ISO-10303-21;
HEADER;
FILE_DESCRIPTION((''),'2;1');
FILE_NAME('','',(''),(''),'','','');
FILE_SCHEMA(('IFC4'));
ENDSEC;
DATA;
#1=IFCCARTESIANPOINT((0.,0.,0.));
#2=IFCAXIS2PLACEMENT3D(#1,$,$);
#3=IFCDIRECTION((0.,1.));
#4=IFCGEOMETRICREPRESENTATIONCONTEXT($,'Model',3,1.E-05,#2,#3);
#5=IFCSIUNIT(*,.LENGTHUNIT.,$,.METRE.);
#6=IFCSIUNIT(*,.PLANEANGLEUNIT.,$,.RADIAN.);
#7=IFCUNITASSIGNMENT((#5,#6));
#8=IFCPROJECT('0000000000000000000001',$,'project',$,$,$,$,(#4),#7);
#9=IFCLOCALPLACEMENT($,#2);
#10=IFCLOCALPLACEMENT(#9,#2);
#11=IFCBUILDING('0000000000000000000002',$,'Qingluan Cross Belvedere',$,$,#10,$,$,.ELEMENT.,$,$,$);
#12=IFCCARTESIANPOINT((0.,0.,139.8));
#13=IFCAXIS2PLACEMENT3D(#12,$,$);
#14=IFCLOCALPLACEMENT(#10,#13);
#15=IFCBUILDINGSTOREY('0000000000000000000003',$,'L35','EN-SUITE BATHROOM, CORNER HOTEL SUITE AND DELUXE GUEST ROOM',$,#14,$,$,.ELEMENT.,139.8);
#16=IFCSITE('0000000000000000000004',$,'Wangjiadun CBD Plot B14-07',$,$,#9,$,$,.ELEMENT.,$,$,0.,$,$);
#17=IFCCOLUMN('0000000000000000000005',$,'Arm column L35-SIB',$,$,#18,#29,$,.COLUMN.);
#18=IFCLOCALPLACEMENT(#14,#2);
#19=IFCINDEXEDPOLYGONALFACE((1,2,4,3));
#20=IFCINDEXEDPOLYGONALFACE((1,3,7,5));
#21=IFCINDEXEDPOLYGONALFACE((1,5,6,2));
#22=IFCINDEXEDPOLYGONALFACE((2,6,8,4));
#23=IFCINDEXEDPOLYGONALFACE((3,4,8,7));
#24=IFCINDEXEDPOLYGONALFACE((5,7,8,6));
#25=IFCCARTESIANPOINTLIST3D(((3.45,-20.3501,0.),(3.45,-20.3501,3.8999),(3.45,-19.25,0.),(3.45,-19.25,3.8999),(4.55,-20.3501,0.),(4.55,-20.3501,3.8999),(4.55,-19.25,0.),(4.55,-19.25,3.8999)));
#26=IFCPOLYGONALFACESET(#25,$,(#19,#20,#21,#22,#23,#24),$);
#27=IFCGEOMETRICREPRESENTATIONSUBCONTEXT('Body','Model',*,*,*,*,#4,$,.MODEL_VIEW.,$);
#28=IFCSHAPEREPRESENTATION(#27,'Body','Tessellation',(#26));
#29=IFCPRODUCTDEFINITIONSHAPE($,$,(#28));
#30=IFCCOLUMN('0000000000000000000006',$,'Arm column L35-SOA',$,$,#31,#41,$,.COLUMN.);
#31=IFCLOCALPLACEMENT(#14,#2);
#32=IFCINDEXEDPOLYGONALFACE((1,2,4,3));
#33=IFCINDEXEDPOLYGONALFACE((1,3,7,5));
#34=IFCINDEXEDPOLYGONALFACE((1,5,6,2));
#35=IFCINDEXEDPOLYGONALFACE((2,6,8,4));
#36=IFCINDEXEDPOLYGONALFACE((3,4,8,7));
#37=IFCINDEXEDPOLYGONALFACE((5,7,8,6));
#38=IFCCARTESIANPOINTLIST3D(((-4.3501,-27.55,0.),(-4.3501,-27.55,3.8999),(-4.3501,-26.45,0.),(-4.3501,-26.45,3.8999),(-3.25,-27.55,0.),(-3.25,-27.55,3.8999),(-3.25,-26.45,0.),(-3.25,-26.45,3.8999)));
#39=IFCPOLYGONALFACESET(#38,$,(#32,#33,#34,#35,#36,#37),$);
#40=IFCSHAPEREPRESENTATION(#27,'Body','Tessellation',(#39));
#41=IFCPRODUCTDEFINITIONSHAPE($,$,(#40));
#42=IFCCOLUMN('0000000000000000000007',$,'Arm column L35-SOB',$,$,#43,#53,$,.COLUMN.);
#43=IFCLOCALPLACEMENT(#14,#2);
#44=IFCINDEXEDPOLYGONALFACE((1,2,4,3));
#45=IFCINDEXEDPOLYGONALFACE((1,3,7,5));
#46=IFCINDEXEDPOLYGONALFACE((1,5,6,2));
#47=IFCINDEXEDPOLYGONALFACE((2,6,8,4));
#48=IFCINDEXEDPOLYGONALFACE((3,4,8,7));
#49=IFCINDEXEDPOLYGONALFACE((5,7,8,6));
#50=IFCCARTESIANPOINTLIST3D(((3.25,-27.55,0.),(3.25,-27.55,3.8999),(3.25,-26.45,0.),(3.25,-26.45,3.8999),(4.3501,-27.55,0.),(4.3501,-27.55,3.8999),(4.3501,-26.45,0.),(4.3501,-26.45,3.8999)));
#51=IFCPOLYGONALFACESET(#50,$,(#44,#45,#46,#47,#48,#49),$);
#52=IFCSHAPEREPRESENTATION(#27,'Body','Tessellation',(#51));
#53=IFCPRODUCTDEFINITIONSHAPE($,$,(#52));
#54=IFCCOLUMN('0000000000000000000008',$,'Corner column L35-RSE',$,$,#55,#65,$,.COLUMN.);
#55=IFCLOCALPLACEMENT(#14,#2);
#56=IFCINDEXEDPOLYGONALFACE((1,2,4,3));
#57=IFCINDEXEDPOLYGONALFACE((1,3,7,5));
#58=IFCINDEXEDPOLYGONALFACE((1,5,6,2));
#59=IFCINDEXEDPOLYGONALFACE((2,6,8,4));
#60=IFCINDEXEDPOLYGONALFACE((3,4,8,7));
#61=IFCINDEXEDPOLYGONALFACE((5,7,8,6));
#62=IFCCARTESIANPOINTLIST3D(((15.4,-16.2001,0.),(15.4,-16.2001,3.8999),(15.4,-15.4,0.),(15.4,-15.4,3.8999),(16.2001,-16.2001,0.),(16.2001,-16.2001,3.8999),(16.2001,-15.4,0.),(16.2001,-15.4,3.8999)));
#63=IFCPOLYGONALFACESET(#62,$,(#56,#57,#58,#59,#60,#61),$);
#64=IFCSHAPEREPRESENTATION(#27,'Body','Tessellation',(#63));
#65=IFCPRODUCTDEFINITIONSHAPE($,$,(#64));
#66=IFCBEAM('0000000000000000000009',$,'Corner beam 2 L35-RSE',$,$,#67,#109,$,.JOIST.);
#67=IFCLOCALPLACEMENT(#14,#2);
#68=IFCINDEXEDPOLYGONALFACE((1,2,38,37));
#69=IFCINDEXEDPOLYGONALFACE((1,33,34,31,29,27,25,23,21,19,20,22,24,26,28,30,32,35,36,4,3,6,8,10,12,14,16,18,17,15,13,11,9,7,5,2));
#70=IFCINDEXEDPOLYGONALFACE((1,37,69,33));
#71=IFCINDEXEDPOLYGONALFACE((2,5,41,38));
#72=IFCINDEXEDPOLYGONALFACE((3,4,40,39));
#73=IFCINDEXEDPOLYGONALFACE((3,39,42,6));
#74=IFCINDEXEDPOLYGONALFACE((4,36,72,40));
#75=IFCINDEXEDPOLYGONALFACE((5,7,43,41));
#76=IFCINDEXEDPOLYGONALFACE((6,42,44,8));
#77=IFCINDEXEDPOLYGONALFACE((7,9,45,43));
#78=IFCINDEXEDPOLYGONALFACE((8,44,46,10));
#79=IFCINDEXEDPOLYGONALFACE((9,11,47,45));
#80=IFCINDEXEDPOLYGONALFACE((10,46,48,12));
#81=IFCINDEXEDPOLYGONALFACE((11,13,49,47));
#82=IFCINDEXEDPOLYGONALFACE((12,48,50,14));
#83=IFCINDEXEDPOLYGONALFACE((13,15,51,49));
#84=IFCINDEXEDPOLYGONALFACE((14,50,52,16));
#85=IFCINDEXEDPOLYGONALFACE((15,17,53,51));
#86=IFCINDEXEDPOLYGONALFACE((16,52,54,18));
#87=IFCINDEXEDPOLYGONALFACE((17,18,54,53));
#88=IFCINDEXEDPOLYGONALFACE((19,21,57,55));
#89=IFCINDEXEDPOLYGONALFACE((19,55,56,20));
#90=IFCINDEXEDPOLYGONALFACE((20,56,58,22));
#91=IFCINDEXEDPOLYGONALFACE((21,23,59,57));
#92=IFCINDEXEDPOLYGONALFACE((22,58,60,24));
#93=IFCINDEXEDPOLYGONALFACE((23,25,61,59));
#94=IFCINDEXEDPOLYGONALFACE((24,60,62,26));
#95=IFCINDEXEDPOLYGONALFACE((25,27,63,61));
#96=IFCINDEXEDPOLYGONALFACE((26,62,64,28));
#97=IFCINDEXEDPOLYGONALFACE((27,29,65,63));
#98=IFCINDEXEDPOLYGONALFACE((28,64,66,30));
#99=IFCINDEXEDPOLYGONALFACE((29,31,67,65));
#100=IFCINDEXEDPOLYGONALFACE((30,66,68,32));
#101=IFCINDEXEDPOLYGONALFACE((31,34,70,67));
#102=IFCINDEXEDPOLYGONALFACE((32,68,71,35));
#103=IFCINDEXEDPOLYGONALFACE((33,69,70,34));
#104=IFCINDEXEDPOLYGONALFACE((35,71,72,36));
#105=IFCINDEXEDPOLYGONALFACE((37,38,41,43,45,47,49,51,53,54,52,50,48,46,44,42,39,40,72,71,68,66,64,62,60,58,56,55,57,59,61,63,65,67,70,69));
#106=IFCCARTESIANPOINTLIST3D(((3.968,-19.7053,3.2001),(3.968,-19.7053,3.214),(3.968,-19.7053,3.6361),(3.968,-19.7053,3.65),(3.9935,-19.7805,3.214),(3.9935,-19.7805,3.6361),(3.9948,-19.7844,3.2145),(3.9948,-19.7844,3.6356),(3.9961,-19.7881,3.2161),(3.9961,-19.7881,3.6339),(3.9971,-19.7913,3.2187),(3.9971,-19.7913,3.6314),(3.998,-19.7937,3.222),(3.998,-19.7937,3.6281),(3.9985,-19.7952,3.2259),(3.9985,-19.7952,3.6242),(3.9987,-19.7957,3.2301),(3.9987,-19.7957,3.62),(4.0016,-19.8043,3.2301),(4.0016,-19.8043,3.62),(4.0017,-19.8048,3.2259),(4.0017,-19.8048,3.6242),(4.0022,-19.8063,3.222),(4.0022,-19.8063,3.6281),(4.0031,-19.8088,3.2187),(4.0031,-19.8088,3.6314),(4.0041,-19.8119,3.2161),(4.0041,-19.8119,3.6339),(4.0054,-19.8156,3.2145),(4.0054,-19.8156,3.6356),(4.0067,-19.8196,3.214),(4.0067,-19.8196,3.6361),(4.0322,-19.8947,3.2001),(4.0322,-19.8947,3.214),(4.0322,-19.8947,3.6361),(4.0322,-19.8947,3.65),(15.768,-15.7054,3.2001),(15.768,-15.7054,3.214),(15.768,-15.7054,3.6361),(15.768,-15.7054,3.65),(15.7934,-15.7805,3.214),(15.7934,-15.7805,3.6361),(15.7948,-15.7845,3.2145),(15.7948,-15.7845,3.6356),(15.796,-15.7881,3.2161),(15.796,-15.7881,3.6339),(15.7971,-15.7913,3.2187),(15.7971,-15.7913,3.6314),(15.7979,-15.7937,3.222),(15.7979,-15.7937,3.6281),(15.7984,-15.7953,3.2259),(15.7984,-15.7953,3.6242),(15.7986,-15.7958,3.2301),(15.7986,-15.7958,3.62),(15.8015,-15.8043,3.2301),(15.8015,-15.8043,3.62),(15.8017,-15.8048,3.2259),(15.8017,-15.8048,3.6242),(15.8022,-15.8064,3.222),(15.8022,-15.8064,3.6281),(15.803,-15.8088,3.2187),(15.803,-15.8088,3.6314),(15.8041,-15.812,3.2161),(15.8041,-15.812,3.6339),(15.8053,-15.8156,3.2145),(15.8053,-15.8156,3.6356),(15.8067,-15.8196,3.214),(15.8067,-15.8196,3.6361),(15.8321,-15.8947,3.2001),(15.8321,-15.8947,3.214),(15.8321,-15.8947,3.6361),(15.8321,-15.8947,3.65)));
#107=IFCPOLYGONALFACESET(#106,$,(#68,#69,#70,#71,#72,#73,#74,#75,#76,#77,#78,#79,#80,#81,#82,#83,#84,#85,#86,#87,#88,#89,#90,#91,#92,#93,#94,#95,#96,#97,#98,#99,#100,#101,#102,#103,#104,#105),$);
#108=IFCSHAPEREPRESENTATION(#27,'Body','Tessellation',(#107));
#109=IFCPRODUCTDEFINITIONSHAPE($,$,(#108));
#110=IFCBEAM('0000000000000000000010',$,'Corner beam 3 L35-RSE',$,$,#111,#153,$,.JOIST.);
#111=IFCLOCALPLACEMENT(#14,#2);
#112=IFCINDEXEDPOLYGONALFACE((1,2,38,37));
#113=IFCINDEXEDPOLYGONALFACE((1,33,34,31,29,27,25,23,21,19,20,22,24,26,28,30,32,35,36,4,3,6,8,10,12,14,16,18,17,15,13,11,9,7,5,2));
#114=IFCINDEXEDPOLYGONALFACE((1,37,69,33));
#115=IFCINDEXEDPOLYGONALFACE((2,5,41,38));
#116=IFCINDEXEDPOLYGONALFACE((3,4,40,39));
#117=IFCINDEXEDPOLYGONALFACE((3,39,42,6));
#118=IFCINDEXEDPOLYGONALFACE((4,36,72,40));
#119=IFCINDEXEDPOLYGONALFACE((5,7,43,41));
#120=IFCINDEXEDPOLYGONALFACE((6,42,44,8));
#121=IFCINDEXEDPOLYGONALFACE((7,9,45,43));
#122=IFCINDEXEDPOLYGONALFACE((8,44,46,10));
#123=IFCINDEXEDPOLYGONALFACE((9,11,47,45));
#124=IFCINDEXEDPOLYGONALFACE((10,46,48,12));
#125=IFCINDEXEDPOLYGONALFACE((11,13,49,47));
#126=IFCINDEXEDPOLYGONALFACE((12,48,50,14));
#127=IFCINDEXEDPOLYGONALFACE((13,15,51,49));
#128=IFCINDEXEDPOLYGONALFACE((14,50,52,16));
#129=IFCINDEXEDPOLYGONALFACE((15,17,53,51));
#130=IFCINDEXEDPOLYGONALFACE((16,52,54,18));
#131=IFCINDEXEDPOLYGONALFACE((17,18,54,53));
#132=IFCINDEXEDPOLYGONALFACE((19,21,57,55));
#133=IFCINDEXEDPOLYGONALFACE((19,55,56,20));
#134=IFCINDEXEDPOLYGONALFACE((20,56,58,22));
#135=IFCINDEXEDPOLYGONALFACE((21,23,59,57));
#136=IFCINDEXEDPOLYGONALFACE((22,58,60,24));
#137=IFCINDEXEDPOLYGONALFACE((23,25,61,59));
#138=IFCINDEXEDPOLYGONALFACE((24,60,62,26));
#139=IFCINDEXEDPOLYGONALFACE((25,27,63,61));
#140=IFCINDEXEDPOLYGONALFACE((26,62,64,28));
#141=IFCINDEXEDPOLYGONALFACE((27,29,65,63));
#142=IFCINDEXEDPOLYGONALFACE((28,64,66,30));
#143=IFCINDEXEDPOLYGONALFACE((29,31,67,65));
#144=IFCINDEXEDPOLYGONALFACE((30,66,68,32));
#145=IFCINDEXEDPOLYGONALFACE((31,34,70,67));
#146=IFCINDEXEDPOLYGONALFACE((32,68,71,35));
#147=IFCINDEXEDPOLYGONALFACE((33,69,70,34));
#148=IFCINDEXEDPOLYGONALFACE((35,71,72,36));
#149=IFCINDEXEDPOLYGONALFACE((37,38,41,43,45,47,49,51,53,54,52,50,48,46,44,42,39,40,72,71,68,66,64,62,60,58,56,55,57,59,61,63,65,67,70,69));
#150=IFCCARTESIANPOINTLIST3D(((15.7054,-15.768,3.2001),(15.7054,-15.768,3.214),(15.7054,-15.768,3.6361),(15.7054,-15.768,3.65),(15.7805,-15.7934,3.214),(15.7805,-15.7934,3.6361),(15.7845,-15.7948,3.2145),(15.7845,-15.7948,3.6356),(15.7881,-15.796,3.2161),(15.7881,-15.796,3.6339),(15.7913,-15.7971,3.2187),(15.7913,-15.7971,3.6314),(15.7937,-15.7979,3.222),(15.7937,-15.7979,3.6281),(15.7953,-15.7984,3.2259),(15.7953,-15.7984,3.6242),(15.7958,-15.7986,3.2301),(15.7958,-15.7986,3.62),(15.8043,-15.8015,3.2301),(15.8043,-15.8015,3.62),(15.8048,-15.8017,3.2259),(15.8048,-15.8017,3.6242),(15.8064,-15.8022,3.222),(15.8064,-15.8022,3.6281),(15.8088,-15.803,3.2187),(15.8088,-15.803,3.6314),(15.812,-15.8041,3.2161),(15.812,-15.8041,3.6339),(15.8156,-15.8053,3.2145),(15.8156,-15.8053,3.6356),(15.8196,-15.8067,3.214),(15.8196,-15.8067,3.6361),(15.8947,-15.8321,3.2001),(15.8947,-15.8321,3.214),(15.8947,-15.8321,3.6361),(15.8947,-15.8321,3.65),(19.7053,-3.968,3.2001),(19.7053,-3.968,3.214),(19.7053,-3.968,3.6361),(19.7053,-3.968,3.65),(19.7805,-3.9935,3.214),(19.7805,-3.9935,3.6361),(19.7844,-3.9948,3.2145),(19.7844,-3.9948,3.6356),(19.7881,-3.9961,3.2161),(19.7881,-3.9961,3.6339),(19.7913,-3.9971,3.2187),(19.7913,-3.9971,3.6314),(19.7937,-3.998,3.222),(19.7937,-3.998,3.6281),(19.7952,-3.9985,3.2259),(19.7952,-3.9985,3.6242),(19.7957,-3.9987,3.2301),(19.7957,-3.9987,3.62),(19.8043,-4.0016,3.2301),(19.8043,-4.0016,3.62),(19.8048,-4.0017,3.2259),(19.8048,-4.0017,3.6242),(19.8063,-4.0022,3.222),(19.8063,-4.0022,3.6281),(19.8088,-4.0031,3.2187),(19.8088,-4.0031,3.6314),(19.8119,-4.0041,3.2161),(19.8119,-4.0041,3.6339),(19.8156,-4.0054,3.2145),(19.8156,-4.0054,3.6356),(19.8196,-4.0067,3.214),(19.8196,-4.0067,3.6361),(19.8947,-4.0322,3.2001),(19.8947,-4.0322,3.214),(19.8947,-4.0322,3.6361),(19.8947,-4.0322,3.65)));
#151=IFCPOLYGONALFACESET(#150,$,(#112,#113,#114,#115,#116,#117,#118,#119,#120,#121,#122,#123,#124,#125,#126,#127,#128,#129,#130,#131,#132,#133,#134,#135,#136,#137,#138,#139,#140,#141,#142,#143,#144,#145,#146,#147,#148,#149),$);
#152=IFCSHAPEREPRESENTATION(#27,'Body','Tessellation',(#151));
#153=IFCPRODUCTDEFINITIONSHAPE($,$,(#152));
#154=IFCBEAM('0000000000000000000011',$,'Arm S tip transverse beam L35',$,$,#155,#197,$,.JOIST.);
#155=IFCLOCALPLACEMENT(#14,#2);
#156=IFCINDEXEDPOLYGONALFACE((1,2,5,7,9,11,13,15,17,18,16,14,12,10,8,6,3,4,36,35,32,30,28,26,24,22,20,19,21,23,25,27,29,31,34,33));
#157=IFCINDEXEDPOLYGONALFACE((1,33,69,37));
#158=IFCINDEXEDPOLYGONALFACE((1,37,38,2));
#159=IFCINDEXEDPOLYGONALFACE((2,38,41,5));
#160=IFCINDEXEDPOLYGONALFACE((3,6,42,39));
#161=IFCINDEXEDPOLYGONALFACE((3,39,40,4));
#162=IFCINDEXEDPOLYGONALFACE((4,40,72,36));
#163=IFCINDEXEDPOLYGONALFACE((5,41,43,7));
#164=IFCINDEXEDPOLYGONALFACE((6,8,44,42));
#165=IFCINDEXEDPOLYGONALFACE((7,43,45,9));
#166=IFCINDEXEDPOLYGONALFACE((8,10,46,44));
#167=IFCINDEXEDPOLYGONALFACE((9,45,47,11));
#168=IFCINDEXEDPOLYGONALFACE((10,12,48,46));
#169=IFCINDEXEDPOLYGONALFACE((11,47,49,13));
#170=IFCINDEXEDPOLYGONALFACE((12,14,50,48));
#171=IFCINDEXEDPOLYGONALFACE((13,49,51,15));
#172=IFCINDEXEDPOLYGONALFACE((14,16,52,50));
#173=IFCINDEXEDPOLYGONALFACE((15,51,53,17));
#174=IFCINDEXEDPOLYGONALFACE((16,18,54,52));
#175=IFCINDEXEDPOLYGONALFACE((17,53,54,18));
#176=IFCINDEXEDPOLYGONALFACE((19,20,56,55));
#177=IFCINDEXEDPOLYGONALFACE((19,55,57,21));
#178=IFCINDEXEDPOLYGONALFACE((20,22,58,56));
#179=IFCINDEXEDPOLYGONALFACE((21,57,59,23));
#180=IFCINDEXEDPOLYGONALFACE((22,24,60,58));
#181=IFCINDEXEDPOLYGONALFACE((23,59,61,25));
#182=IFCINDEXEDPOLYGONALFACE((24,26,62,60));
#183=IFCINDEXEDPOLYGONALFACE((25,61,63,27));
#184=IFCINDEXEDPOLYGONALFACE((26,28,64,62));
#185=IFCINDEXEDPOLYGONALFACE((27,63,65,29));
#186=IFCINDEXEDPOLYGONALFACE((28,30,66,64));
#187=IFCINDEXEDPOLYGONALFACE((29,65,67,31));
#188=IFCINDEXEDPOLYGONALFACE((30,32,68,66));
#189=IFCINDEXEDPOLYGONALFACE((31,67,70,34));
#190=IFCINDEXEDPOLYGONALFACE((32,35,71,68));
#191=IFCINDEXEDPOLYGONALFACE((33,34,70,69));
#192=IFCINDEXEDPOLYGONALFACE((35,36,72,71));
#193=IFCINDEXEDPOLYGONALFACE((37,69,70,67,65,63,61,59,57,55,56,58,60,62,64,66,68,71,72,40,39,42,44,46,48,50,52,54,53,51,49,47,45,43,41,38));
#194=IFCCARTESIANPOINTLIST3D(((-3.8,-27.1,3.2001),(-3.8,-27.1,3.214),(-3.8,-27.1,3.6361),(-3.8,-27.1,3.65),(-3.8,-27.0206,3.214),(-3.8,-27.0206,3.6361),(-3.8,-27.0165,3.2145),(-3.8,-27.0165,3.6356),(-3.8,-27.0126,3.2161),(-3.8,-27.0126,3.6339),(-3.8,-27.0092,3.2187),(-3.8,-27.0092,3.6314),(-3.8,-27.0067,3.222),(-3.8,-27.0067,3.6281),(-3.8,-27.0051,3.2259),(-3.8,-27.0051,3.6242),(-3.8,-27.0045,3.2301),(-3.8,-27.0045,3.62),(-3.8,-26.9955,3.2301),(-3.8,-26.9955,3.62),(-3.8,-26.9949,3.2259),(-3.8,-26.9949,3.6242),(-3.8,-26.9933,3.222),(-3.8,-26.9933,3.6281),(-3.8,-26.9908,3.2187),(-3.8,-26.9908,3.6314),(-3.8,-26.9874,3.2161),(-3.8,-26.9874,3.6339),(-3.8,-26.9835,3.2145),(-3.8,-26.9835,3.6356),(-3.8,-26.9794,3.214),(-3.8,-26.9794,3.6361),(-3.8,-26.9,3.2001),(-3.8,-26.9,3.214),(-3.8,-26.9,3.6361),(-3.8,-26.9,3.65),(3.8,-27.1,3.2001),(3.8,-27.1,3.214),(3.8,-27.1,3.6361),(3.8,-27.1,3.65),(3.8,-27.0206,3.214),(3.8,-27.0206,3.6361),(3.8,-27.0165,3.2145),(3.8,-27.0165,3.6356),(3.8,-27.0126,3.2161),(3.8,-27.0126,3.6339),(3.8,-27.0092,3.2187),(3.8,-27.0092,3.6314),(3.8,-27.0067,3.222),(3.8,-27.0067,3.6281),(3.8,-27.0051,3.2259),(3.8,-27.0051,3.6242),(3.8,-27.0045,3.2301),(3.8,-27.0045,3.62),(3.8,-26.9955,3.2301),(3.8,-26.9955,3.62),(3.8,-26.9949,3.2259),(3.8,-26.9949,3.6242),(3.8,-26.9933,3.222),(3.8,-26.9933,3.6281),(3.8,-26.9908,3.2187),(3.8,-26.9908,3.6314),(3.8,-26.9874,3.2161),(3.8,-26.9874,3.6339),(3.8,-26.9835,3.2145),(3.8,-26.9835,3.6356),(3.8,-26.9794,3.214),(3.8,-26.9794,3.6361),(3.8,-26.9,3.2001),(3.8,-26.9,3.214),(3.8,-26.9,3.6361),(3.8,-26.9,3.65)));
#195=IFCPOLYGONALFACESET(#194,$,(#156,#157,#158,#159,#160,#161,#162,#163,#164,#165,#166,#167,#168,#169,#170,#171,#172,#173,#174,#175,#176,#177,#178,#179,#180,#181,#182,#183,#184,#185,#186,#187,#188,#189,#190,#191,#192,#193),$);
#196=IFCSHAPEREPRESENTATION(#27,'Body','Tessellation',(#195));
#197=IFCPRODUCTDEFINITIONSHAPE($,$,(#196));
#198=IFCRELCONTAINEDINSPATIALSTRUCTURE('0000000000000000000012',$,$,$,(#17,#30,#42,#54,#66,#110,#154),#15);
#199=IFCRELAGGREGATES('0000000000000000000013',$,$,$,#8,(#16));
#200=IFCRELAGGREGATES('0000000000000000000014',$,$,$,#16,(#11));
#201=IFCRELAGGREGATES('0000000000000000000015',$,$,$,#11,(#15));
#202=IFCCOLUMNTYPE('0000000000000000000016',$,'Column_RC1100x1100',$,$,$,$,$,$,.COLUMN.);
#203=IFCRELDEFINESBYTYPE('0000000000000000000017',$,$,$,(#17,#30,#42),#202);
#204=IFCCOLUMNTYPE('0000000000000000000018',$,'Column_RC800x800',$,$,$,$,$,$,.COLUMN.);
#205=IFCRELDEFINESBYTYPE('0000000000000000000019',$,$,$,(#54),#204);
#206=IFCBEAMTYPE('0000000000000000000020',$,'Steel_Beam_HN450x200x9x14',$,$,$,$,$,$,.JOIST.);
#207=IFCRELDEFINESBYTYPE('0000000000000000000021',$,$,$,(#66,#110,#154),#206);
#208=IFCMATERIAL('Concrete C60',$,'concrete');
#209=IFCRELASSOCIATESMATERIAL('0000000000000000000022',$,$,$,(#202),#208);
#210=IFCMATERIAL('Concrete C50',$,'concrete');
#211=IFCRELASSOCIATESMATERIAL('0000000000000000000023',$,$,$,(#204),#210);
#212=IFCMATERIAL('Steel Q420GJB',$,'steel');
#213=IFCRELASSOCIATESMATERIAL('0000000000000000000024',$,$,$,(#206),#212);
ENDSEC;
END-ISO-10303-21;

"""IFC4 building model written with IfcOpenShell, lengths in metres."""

from ifc_helpers import new_model, si_unit, direction, frame, origin, origin_2d, place, context, subcontext, project, spatial, rectangle, i_section, extrude, material, material_profile, profile_set, type_object, element, save


model = new_model("IFC4")

# Units and contexts
model_context = context("Model", 3, precision=1e-05, world=origin(), true_north=direction((0.0, 1.0)))
body_context = subcontext(model_context, "Body", "Model", "MODEL_VIEW")
ifc_project = project(units=[si_unit("LENGTHUNIT", "METRE"), si_unit("PLANEANGLEUNIT", "RADIAN")], contexts=[model_context])

# Site, building, storey
site_placement = place(None, origin())
site = spatial("IfcSite", under=ifc_project, at=site_placement, Name="Wangjiadun CBD Plot B14-07", CompositionType="ELEMENT", RefElevation=0.0)
building_placement = place(site_placement, origin())
building = spatial("IfcBuilding", under=site, at=building_placement, Name="Qingluan Cross Belvedere", CompositionType="ELEMENT")
storey_placement = place(building_placement, frame((0.0, 0.0, 139.8)))
storey = spatial("IfcBuildingStorey", under=building, at=storey_placement, Name="L35", Description="EN-SUITE BATHROOM, CORNER HOTEL SUITE AND DELUXE GUEST ROOM", CompositionType="ELEMENT", Elevation=139.8)

# Columns
ifc_material_1 = material(Name="Concrete C60", Category="concrete")
ifc_material_profile_1 = material_profile(ifc_material_1, rectangle(XDim=1.1001, YDim=1.1001, at=origin_2d()), Name="RC1100x1100")
ifc_profile_set_1 = profile_set([ifc_material_profile_1], Name="Concrete C60")
column_type_1 = type_object("IfcColumnType", Name="Column_RC1100x1100", PredefinedType="COLUMN", material=ifc_profile_set_1)
for number, where, z_axis, x_axis, name in (
    (1, (4.0, -19.8, 0.0), (0.0, 0.0, 1.0), (1.0, 0.0, 0.0), "Arm column L35-SIB"),
    (2, (-3.8, -27.0, 0.0), (0.0, 0.0, 1.0), (1.0, 0.0, 0.0), "Arm column L35-SOA"),
    (3, (3.8, -27.0, 0.0), (0.0, 0.0, 1.0), (1.0, 0.0, 0.0), "Arm column L35-SOB"),
):
    element("IfcColumn", number, at=place(storey_placement, frame(where, z_axis=z_axis, x_axis=x_axis)), inside=storey, type_object=column_type_1, Name=name, PredefinedType="COLUMN", context=body_context, shape_type="SweptSolid", body=[
        extrude(rectangle(XDim=1.1001, YDim=1.1001, at=origin_2d()), origin(), (0.0, 0.0, 1.0), 3.8999),
    ])
ifc_material_2 = material(Name="Concrete C50", Category="concrete")
ifc_material_profile_2 = material_profile(ifc_material_2, rectangle(XDim=0.8, YDim=0.8, at=origin_2d()), Name="RC800x800")
ifc_profile_set_2 = profile_set([ifc_material_profile_2], Name="Concrete C50")
column_type_2 = type_object("IfcColumnType", Name="Column_RC800x800", PredefinedType="COLUMN", material=ifc_profile_set_2)
column_placement = place(storey_placement, frame((15.8, -15.8, 0.0), z_axis=(0.0, 0.0, 1.0), x_axis=(1.0, 0.0, 0.0)))
element("IfcColumn", 4, at=column_placement, inside=storey, type_object=column_type_2, Name="Corner column L35-RSE", PredefinedType="COLUMN", context=body_context, shape_type="SweptSolid", body=[
    extrude(rectangle(XDim=0.8, YDim=0.8, at=origin_2d()), origin(), (0.0, 0.0, 1.0), 3.8999),
])

# Beams
ifc_material_3 = material(Name="Steel Q420GJB", Category="steel")
ifc_material_profile_3 = material_profile(ifc_material_3, i_section(OverallWidth=0.2, OverallDepth=0.45, WebThickness=0.009, FlangeThickness=0.0139, FilletRadius=0.0161, at=origin_2d()), Name="HN450x200x9x14")
ifc_profile_set_3 = profile_set([ifc_material_profile_3], Name="Steel Q420GJB")
beam_type_1 = type_object("IfcBeamType", Name="Steel_Beam_HN450x200x9x14", PredefinedType="JOIST", material=ifc_profile_set_3)
for number, where, z_axis, x_axis, name in (
    (5, (15.8, -15.8, 3.425), (-0.947066, -0.321038, 0.0), (0.321038, -0.947066, 0.0), "Corner beam 2 L35-RSE"),
    (6, (15.8, -15.8, 3.425), (0.321038, 0.947066, 0.0), (-0.947066, 0.321038, 0.0), "Corner beam 3 L35-RSE"),
):
    element("IfcBeam", number, at=place(storey_placement, frame(where, z_axis=z_axis, x_axis=x_axis)), inside=storey, type_object=beam_type_1, Name=name, PredefinedType="JOIST", context=body_context, shape_type="SweptSolid", body=[
        extrude(i_section(OverallWidth=0.2, OverallDepth=0.45, WebThickness=0.009, FlangeThickness=0.0139, FilletRadius=0.0161, at=origin_2d()), origin(), (0.0, 0.0, 1.0), 12.4595),
    ])
beam_1_placement = place(storey_placement, frame((-3.8, -27.0, 3.425), z_axis=(1.0, 0.0, 0.0), x_axis=(0.0, 1.0, 0.0)))
element("IfcBeam", 7, at=beam_1_placement, inside=storey, type_object=beam_type_1, Name="Arm S tip transverse beam L35", PredefinedType="JOIST", context=body_context, shape_type="SweptSolid", body=[
    extrude(i_section(OverallWidth=0.2, OverallDepth=0.45, WebThickness=0.009, FlangeThickness=0.0139, FilletRadius=0.0161, at=origin_2d()), origin(), (0.0, 0.0, 1.0), 7.6001),
])

save(model, "model.ifc")
